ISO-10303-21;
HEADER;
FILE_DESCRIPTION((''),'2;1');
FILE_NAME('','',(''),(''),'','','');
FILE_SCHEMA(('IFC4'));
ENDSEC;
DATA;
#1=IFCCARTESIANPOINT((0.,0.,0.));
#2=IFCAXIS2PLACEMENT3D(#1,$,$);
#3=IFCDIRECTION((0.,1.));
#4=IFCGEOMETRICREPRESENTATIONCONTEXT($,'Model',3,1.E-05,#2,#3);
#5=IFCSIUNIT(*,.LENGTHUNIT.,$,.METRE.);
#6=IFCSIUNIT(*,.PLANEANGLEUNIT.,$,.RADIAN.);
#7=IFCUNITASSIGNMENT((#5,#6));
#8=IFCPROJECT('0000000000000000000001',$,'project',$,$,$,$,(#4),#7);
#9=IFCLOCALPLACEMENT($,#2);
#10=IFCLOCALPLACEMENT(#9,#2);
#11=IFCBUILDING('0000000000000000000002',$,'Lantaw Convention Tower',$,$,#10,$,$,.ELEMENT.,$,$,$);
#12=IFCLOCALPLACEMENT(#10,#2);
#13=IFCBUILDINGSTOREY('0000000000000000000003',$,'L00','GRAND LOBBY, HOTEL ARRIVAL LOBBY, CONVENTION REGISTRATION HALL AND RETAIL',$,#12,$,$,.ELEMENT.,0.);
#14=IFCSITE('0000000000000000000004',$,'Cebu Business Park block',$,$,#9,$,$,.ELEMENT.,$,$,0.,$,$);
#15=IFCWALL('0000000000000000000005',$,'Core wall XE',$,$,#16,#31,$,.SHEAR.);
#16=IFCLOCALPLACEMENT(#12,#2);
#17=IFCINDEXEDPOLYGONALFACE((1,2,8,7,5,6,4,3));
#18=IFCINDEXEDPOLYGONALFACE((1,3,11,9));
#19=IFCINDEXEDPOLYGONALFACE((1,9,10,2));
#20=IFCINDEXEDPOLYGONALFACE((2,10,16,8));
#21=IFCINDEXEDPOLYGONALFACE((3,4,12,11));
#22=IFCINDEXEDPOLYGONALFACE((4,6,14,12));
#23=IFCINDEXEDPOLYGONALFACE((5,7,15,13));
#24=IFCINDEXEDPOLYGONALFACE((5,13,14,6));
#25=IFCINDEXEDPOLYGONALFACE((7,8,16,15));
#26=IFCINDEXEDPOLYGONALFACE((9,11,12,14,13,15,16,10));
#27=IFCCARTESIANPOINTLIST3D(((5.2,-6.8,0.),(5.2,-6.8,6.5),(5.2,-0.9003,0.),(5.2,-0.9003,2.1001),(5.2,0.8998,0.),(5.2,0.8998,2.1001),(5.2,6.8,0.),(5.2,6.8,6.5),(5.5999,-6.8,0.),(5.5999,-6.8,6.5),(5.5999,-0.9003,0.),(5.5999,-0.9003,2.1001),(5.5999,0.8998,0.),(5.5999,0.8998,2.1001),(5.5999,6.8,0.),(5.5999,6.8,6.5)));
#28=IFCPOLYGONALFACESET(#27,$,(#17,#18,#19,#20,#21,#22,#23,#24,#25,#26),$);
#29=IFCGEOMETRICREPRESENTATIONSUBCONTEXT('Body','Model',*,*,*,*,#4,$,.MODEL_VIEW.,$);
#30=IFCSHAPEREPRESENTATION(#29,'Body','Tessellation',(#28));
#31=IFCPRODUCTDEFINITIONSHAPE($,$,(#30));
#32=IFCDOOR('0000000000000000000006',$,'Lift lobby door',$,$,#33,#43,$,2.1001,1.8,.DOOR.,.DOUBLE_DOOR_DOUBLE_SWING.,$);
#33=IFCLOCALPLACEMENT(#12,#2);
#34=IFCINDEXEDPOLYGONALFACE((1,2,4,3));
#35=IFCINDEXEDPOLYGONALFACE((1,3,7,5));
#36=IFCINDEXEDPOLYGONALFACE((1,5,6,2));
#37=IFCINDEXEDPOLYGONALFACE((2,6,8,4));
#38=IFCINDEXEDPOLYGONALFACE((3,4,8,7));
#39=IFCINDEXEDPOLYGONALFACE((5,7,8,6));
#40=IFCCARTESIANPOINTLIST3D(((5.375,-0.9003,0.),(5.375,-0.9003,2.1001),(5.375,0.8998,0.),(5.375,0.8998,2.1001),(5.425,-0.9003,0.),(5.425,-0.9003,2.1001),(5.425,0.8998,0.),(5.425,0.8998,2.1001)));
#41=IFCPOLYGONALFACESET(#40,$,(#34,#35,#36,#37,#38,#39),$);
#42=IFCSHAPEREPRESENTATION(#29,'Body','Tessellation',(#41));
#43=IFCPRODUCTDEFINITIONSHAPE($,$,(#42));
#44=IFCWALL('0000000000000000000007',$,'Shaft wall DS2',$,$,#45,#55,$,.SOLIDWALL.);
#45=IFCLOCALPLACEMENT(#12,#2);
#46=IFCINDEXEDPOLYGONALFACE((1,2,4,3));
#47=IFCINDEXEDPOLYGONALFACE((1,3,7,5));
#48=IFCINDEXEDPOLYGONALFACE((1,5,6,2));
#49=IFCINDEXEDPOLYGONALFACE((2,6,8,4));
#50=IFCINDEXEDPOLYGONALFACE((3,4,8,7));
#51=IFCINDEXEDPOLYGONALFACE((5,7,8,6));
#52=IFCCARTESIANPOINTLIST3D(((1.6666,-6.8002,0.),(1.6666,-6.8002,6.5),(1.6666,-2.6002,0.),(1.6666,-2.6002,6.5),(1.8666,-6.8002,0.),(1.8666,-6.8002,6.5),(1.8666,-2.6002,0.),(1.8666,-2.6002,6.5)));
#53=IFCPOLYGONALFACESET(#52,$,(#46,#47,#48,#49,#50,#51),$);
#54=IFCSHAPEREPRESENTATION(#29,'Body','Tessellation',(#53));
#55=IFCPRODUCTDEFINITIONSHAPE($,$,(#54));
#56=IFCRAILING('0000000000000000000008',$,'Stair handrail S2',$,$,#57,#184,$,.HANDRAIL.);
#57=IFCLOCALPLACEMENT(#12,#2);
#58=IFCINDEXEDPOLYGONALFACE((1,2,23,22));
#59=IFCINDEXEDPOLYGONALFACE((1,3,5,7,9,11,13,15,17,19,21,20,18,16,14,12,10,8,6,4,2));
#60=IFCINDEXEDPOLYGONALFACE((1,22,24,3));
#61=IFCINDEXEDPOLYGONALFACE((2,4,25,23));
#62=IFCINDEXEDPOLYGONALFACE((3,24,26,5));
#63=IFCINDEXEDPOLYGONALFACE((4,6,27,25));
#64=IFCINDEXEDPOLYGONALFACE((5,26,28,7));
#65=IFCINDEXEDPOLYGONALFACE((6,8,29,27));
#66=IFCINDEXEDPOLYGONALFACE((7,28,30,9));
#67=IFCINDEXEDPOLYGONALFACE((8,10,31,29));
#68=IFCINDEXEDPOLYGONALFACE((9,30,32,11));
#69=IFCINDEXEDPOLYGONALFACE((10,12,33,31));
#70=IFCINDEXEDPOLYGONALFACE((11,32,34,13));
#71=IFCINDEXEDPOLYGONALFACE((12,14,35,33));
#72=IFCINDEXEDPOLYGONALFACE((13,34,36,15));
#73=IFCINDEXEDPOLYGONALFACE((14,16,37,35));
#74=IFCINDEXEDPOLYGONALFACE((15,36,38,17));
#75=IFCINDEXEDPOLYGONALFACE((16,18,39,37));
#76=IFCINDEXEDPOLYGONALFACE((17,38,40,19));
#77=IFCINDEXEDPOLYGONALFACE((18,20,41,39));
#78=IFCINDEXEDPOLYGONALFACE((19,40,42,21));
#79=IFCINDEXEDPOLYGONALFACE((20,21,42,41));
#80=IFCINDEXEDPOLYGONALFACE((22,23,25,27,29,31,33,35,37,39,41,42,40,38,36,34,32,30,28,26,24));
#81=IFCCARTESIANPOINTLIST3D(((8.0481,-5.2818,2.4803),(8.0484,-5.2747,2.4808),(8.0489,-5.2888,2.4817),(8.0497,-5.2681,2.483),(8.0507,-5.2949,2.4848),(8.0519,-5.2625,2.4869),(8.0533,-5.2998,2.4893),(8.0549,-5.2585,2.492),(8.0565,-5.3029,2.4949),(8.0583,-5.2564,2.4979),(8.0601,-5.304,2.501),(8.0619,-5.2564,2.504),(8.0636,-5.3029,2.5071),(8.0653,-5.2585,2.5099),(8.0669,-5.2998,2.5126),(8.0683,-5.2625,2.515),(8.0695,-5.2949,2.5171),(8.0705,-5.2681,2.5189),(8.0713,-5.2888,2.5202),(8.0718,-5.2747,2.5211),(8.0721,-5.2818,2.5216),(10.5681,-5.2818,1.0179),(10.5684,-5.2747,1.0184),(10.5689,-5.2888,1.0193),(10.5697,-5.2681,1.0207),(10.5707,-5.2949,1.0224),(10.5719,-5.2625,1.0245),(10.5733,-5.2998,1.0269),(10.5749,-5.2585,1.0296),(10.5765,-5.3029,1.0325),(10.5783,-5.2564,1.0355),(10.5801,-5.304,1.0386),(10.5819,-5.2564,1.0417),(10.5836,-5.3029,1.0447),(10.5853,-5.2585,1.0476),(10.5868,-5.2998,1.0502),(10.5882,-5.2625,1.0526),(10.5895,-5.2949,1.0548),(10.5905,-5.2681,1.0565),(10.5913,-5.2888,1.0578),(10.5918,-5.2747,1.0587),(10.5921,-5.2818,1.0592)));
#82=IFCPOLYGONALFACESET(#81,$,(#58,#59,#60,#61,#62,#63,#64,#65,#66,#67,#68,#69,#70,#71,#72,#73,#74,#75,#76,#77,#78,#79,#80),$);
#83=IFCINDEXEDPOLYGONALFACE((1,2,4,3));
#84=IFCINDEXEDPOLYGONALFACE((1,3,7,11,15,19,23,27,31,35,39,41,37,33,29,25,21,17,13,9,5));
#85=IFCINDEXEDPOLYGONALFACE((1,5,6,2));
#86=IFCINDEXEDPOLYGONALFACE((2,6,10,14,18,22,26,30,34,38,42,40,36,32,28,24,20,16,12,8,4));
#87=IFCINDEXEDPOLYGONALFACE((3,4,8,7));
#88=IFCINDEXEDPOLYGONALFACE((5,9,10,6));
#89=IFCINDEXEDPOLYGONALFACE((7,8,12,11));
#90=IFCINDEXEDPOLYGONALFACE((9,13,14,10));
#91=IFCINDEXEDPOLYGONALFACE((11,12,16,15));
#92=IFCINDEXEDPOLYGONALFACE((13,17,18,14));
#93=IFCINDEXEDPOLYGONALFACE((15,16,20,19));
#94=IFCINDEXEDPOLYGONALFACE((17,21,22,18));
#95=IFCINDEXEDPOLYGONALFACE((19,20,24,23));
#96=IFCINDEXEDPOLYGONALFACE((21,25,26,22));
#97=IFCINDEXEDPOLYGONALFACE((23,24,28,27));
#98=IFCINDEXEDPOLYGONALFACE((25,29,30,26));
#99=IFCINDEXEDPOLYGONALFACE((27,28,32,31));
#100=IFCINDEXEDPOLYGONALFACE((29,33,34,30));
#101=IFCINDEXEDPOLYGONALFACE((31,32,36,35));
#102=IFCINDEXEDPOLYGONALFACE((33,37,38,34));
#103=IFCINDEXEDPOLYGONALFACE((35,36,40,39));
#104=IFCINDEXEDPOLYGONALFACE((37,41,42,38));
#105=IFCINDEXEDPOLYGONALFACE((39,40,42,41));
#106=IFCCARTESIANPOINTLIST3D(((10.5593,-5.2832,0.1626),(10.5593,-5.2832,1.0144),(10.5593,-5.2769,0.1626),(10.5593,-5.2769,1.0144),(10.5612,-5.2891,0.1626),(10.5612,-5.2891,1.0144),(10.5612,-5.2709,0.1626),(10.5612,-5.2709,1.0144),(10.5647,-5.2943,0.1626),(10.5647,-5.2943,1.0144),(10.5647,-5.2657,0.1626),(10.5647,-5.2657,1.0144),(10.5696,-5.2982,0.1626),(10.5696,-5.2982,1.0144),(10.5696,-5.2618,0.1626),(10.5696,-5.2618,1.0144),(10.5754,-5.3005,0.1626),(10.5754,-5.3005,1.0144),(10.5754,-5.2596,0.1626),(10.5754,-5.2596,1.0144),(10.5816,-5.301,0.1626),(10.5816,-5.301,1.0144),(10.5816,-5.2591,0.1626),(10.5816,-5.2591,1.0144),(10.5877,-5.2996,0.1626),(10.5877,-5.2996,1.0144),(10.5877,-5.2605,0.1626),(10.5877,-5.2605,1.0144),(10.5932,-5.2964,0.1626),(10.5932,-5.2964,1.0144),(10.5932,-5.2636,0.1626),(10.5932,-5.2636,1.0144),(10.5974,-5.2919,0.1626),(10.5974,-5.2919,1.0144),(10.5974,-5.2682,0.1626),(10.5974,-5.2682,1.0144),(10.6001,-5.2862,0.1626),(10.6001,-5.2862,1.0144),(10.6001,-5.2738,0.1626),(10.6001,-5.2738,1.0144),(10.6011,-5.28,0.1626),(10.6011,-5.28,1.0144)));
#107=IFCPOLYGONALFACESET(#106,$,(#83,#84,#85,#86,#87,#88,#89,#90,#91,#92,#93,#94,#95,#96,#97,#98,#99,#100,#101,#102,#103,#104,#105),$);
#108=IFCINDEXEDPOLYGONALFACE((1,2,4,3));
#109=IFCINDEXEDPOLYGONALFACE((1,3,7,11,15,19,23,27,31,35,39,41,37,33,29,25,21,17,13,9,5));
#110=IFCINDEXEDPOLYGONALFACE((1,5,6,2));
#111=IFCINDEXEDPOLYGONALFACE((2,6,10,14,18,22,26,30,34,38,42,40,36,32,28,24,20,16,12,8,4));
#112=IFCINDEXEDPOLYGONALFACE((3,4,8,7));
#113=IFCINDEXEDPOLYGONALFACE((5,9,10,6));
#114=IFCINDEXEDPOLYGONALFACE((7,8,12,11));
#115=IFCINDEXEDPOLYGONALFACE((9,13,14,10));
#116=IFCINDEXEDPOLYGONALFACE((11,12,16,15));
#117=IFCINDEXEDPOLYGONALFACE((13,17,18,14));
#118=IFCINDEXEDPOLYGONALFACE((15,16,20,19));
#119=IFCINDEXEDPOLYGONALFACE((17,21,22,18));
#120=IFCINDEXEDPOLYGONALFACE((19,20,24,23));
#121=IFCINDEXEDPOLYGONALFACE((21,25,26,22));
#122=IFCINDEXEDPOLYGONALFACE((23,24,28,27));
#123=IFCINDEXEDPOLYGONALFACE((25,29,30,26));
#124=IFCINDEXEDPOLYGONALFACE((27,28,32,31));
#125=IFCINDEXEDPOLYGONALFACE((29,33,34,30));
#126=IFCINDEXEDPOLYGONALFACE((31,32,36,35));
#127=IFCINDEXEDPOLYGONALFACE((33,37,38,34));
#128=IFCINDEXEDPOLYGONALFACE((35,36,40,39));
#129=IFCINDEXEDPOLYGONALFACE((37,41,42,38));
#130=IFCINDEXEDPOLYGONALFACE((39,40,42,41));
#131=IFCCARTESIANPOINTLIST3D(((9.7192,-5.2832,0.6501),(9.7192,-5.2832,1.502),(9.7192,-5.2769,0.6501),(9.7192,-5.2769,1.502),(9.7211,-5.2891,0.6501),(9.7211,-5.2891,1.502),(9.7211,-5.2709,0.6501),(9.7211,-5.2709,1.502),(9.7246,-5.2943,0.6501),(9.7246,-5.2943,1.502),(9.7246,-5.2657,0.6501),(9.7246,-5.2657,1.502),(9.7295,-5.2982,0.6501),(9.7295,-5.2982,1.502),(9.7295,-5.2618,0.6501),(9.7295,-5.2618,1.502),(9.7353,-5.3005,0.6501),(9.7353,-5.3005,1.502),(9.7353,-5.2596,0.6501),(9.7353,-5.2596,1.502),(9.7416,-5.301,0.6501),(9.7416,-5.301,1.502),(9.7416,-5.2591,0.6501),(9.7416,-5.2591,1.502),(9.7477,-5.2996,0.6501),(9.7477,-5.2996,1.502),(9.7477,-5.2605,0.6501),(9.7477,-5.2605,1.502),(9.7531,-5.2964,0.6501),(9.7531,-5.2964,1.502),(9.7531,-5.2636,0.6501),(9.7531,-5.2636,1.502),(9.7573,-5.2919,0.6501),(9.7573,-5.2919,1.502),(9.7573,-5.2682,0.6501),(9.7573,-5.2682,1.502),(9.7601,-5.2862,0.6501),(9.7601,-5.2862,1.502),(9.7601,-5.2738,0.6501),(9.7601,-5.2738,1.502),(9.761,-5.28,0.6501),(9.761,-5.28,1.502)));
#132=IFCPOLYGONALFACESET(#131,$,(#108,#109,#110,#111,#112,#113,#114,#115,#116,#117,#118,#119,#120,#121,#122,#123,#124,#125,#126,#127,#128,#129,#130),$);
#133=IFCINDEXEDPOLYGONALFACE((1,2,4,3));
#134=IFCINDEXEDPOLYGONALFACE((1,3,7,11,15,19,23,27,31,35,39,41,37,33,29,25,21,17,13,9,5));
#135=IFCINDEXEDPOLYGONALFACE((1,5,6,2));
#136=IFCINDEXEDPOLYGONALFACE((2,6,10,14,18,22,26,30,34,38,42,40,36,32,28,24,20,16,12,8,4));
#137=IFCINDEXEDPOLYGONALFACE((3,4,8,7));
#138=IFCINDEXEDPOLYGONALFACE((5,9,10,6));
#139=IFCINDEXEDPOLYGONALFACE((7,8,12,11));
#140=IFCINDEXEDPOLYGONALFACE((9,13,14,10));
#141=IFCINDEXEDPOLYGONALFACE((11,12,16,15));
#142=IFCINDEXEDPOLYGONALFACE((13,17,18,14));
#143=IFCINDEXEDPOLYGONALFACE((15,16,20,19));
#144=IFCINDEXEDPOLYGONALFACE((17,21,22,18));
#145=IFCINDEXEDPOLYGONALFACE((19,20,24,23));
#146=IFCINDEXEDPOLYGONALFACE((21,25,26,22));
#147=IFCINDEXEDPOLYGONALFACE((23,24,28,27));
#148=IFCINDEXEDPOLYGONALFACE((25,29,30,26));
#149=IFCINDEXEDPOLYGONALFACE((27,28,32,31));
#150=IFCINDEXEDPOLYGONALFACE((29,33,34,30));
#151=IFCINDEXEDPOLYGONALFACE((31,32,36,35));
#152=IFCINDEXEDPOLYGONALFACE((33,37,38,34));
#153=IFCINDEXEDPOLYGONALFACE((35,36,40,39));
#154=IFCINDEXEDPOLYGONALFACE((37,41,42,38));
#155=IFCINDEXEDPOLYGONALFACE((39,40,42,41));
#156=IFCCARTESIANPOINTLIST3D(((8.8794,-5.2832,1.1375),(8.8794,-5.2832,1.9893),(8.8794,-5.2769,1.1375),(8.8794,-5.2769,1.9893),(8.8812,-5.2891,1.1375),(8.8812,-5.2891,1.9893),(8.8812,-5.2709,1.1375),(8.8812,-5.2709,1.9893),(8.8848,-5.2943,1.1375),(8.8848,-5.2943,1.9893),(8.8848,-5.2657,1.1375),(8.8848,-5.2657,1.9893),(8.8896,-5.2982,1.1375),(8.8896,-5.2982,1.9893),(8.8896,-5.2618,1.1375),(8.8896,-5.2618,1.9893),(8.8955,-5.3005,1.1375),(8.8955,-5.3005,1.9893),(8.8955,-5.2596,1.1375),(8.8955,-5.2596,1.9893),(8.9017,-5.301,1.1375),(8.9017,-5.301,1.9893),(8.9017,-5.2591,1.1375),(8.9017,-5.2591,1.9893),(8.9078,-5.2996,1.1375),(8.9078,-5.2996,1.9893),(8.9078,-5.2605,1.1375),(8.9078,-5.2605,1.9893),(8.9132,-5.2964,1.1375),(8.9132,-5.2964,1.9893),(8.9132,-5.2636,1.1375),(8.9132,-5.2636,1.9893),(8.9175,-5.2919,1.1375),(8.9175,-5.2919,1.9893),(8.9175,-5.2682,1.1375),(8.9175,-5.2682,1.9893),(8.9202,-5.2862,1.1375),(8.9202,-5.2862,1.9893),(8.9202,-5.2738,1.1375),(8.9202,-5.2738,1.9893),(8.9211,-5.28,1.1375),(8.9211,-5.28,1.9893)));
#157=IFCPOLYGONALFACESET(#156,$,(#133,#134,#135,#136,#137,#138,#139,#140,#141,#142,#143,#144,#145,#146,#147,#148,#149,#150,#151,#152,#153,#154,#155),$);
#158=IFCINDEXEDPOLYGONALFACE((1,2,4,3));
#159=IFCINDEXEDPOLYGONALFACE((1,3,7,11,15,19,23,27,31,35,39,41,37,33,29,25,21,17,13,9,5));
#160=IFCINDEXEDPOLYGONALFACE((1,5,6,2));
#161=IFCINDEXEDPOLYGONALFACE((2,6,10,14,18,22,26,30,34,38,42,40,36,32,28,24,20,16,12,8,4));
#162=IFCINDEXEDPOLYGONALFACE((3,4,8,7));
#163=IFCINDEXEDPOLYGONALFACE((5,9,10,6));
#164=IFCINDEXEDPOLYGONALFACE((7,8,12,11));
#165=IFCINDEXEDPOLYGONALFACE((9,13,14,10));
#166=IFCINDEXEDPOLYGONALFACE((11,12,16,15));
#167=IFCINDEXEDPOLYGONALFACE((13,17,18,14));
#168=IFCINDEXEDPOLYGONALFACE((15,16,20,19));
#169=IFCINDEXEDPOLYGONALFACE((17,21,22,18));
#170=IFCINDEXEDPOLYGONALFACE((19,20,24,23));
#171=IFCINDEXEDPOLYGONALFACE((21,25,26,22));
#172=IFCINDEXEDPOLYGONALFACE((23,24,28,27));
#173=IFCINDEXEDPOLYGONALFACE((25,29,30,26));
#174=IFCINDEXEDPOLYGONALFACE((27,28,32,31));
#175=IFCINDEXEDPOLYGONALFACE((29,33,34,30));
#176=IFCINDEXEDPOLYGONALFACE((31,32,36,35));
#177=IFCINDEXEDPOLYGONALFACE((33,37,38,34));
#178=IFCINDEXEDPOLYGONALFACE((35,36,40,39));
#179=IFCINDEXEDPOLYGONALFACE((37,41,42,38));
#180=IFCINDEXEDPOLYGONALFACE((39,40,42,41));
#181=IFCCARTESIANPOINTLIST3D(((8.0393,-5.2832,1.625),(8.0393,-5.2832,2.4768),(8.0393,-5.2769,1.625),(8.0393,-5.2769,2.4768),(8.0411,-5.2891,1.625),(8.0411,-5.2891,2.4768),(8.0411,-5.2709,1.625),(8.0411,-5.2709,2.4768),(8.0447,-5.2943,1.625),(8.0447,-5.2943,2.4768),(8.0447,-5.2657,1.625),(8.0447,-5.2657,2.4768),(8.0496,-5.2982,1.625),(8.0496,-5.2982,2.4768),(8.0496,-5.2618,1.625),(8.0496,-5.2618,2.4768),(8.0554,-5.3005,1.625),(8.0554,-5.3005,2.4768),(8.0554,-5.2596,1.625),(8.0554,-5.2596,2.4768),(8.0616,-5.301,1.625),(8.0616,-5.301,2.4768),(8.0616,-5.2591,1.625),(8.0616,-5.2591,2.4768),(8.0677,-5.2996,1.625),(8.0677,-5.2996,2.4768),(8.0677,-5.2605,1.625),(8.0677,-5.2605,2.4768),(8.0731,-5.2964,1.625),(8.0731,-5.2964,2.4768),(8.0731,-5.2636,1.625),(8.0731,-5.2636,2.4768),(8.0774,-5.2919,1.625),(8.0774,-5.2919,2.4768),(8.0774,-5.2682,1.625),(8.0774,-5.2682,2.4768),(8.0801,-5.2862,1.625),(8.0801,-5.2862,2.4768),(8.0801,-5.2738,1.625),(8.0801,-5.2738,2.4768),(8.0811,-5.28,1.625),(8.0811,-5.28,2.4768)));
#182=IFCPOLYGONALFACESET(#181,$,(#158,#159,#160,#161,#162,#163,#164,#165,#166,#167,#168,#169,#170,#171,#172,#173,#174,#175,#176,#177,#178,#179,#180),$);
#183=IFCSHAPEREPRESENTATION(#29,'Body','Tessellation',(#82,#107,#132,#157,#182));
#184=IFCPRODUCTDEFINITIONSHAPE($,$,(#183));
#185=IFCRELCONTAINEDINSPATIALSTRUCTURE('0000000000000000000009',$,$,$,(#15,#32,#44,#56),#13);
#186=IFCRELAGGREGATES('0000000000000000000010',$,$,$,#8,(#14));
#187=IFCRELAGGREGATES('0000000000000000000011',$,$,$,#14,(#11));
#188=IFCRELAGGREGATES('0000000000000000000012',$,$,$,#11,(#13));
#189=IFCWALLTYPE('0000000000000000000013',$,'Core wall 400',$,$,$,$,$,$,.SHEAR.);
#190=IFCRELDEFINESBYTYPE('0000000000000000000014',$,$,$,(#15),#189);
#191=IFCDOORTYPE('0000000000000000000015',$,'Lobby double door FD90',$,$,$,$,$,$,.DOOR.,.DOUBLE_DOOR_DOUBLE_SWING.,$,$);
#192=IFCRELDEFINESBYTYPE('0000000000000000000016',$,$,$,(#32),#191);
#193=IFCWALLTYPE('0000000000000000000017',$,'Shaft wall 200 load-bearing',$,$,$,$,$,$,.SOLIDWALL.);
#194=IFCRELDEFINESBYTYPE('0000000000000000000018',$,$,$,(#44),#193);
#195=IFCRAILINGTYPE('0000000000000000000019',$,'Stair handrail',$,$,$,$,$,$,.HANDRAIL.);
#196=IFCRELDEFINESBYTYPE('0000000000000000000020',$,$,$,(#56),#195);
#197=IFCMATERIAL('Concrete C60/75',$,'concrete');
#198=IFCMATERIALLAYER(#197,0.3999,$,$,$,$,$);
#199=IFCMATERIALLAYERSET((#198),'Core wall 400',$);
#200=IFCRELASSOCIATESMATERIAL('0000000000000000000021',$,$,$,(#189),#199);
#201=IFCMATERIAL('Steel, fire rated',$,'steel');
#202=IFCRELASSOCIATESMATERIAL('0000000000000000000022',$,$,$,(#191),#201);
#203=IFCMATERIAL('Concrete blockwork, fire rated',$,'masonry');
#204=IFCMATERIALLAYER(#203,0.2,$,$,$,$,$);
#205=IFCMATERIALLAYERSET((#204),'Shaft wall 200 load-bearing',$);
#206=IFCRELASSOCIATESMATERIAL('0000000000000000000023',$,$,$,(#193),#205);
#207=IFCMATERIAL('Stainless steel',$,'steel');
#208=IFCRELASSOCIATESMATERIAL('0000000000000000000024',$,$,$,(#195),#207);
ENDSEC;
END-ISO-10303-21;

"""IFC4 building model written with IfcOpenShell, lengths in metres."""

from ifc_helpers import new_model, si_unit, direction, frame, frame_2d, origin, origin_2d, place, context, subcontext, project, spatial, rectangle, circle, extrude, material, layer, layer_set, type_object, element, fill, save


model = new_model("IFC4")

# Units and contexts
model_context = context("Model", 3, precision=1e-05, world=origin(), true_north=direction((0.0, 1.0)))
body_context = subcontext(model_context, "Body", "Model", "MODEL_VIEW")
ifc_project = project(units=[si_unit("LENGTHUNIT", "METRE"), si_unit("PLANEANGLEUNIT", "RADIAN")], contexts=[model_context])

# Site, building, storey
site_placement = place(None, origin())
site = spatial("IfcSite", under=ifc_project, at=site_placement, Name="Cebu Business Park block", CompositionType="ELEMENT", RefElevation=0.0)
building_placement = place(site_placement, origin())
building = spatial("IfcBuilding", under=site, at=building_placement, Name="Lantaw Convention Tower", CompositionType="ELEMENT")
storey_placement = place(building_placement, origin())
storey = spatial("IfcBuildingStorey", under=building, at=storey_placement, Name="L00", Description="GRAND LOBBY, HOTEL ARRIVAL LOBBY, CONVENTION REGISTRATION HALL AND RETAIL", CompositionType="ELEMENT", Elevation=0.0)

# Wall, opening, door
ifc_material_1 = material(Name="Concrete C60/75", Category="concrete")
ifc_material_2 = material(Name="Steel, fire rated", Category="steel")
ifc_layer_1 = layer(ifc_material_1, 0.3999)
ifc_layer_set_1 = layer_set([ifc_layer_1], Name="Core wall 400")
wall_type_1 = type_object("IfcWallType", Name="Core wall 400", PredefinedType="SHEAR", material=ifc_layer_set_1)
wall_1_placement = place(storey_placement, frame((5.3999, -6.8, 0.0), z_axis=(0.0, 0.0, 1.0), x_axis=(0.0, 1.0, 0.0)))
wall_1 = element("IfcWall", 1, at=wall_1_placement, inside=storey, type_object=wall_type_1, Name="Core wall XE", PredefinedType="SHEAR", context=body_context, shape_type="SweptSolid", body=[
    extrude(rectangle(XDim=13.6001, YDim=0.3999, at=frame_2d((6.8, 0.0))), origin(), (0.0, 0.0, 1.0), 6.5),
])
opening_1_placement = place(wall_1_placement, frame((5.8999, 0.0, 0.0)))
opening_1 = element("IfcOpeningElement", 2, at=opening_1_placement, cuts=wall_1, PredefinedType="OPENING", context=body_context, shape_type="SweptSolid", body=[
    extrude(rectangle(XDim=1.8, YDim=2.1001, at=frame_2d((0.8999, 1.05))), frame((0.0, 0.21, 0.0), z_axis=(0.0, -1.0, 0.0), x_axis=(1.0, 0.0, 0.0)), (0.0, 0.0, 1.0), 0.4199),
])
door_type_1 = type_object("IfcDoorType", Name="Lobby double door FD90", OperationType="DOUBLE_DOOR_DOUBLE_SWING", PredefinedType="DOOR", material=ifc_material_2)
door_1_placement = place(opening_1_placement, origin())
door_1 = element("IfcDoor", 3, at=door_1_placement, inside=storey, type_object=door_type_1, Name="Lift lobby door", OperationType="DOUBLE_DOOR_DOUBLE_SWING", OverallHeight=2.1001, OverallWidth=1.8, PredefinedType="DOOR", context=body_context, shape_type="SweptSolid", body=[
    extrude(rectangle(XDim=1.8, YDim=2.1001, at=frame_2d((0.8999, 1.05))), frame((0.0, 0.0249, 0.0), z_axis=(0.0, -1.0, 0.0), x_axis=(1.0, 0.0, 0.0)), (0.0, 0.0, 1.0), 0.05),
])
fill(opening_1, door_1)

# Wall
ifc_material_3 = material(Name="Concrete blockwork, fire rated", Category="masonry")
ifc_layer_2 = layer(ifc_material_3, 0.2)
ifc_layer_set_2 = layer_set([ifc_layer_2], Name="Shaft wall 200 load-bearing")
wall_type_2 = type_object("IfcWallType", Name="Shaft wall 200 load-bearing", PredefinedType="SOLIDWALL", material=ifc_layer_set_2)
wall_2_placement = place(storey_placement, frame((1.7666, -2.6001, 0.0), z_axis=(0.0, 0.0, 1.0), x_axis=(0.0, -1.0, 0.0)))
element("IfcWall", 4, at=wall_2_placement, inside=storey, type_object=wall_type_2, Name="Shaft wall DS2", PredefinedType="SOLIDWALL", context=body_context, shape_type="SweptSolid", body=[
    extrude(rectangle(XDim=4.2, YDim=0.2, at=frame_2d((2.1001, 0.0))), origin(), (0.0, 0.0, 1.0), 6.5),
])

# Railing
ifc_material_4 = material(Name="Stainless steel", Category="steel")
railing_type = type_object("IfcRailingType", Name="Stair handrail", PredefinedType="HANDRAIL", material=ifc_material_4)
railing_1_placement = place(storey_placement, frame((10.5801, -5.28, 0.1626)))
element("IfcRailing", 5, at=railing_1_placement, inside=storey, type_object=railing_type, Name="Stair handrail S2", PredefinedType="HANDRAIL", context=body_context, shape_type="SweptSolid", body=[
    extrude(circle(Radius=0.0239, at=origin_2d()), frame((0.0, 0.0, 0.876), z_axis=(-0.864913, 0.0, 0.501921), x_axis=(0.0, -1.0, 0.0)), (0.0, 0.0, 1.0), 2.9136),
    extrude(circle(Radius=0.021, at=origin_2d()), origin(), (0.0, 0.0, 1.0), 0.8518),
    extrude(circle(Radius=0.021, at=origin_2d()), frame((-0.8401, 0.0, 0.4875)), (0.0, 0.0, 1.0), 0.8518),
    extrude(circle(Radius=0.021, at=origin_2d()), frame((-1.6799, 0.0, 0.9749)), (0.0, 0.0, 1.0), 0.8518),
    extrude(circle(Radius=0.021, at=origin_2d()), frame((-2.52, 0.0, 1.4624)), (0.0, 0.0, 1.0), 0.8518),
])

save(model, "model.ifc")
